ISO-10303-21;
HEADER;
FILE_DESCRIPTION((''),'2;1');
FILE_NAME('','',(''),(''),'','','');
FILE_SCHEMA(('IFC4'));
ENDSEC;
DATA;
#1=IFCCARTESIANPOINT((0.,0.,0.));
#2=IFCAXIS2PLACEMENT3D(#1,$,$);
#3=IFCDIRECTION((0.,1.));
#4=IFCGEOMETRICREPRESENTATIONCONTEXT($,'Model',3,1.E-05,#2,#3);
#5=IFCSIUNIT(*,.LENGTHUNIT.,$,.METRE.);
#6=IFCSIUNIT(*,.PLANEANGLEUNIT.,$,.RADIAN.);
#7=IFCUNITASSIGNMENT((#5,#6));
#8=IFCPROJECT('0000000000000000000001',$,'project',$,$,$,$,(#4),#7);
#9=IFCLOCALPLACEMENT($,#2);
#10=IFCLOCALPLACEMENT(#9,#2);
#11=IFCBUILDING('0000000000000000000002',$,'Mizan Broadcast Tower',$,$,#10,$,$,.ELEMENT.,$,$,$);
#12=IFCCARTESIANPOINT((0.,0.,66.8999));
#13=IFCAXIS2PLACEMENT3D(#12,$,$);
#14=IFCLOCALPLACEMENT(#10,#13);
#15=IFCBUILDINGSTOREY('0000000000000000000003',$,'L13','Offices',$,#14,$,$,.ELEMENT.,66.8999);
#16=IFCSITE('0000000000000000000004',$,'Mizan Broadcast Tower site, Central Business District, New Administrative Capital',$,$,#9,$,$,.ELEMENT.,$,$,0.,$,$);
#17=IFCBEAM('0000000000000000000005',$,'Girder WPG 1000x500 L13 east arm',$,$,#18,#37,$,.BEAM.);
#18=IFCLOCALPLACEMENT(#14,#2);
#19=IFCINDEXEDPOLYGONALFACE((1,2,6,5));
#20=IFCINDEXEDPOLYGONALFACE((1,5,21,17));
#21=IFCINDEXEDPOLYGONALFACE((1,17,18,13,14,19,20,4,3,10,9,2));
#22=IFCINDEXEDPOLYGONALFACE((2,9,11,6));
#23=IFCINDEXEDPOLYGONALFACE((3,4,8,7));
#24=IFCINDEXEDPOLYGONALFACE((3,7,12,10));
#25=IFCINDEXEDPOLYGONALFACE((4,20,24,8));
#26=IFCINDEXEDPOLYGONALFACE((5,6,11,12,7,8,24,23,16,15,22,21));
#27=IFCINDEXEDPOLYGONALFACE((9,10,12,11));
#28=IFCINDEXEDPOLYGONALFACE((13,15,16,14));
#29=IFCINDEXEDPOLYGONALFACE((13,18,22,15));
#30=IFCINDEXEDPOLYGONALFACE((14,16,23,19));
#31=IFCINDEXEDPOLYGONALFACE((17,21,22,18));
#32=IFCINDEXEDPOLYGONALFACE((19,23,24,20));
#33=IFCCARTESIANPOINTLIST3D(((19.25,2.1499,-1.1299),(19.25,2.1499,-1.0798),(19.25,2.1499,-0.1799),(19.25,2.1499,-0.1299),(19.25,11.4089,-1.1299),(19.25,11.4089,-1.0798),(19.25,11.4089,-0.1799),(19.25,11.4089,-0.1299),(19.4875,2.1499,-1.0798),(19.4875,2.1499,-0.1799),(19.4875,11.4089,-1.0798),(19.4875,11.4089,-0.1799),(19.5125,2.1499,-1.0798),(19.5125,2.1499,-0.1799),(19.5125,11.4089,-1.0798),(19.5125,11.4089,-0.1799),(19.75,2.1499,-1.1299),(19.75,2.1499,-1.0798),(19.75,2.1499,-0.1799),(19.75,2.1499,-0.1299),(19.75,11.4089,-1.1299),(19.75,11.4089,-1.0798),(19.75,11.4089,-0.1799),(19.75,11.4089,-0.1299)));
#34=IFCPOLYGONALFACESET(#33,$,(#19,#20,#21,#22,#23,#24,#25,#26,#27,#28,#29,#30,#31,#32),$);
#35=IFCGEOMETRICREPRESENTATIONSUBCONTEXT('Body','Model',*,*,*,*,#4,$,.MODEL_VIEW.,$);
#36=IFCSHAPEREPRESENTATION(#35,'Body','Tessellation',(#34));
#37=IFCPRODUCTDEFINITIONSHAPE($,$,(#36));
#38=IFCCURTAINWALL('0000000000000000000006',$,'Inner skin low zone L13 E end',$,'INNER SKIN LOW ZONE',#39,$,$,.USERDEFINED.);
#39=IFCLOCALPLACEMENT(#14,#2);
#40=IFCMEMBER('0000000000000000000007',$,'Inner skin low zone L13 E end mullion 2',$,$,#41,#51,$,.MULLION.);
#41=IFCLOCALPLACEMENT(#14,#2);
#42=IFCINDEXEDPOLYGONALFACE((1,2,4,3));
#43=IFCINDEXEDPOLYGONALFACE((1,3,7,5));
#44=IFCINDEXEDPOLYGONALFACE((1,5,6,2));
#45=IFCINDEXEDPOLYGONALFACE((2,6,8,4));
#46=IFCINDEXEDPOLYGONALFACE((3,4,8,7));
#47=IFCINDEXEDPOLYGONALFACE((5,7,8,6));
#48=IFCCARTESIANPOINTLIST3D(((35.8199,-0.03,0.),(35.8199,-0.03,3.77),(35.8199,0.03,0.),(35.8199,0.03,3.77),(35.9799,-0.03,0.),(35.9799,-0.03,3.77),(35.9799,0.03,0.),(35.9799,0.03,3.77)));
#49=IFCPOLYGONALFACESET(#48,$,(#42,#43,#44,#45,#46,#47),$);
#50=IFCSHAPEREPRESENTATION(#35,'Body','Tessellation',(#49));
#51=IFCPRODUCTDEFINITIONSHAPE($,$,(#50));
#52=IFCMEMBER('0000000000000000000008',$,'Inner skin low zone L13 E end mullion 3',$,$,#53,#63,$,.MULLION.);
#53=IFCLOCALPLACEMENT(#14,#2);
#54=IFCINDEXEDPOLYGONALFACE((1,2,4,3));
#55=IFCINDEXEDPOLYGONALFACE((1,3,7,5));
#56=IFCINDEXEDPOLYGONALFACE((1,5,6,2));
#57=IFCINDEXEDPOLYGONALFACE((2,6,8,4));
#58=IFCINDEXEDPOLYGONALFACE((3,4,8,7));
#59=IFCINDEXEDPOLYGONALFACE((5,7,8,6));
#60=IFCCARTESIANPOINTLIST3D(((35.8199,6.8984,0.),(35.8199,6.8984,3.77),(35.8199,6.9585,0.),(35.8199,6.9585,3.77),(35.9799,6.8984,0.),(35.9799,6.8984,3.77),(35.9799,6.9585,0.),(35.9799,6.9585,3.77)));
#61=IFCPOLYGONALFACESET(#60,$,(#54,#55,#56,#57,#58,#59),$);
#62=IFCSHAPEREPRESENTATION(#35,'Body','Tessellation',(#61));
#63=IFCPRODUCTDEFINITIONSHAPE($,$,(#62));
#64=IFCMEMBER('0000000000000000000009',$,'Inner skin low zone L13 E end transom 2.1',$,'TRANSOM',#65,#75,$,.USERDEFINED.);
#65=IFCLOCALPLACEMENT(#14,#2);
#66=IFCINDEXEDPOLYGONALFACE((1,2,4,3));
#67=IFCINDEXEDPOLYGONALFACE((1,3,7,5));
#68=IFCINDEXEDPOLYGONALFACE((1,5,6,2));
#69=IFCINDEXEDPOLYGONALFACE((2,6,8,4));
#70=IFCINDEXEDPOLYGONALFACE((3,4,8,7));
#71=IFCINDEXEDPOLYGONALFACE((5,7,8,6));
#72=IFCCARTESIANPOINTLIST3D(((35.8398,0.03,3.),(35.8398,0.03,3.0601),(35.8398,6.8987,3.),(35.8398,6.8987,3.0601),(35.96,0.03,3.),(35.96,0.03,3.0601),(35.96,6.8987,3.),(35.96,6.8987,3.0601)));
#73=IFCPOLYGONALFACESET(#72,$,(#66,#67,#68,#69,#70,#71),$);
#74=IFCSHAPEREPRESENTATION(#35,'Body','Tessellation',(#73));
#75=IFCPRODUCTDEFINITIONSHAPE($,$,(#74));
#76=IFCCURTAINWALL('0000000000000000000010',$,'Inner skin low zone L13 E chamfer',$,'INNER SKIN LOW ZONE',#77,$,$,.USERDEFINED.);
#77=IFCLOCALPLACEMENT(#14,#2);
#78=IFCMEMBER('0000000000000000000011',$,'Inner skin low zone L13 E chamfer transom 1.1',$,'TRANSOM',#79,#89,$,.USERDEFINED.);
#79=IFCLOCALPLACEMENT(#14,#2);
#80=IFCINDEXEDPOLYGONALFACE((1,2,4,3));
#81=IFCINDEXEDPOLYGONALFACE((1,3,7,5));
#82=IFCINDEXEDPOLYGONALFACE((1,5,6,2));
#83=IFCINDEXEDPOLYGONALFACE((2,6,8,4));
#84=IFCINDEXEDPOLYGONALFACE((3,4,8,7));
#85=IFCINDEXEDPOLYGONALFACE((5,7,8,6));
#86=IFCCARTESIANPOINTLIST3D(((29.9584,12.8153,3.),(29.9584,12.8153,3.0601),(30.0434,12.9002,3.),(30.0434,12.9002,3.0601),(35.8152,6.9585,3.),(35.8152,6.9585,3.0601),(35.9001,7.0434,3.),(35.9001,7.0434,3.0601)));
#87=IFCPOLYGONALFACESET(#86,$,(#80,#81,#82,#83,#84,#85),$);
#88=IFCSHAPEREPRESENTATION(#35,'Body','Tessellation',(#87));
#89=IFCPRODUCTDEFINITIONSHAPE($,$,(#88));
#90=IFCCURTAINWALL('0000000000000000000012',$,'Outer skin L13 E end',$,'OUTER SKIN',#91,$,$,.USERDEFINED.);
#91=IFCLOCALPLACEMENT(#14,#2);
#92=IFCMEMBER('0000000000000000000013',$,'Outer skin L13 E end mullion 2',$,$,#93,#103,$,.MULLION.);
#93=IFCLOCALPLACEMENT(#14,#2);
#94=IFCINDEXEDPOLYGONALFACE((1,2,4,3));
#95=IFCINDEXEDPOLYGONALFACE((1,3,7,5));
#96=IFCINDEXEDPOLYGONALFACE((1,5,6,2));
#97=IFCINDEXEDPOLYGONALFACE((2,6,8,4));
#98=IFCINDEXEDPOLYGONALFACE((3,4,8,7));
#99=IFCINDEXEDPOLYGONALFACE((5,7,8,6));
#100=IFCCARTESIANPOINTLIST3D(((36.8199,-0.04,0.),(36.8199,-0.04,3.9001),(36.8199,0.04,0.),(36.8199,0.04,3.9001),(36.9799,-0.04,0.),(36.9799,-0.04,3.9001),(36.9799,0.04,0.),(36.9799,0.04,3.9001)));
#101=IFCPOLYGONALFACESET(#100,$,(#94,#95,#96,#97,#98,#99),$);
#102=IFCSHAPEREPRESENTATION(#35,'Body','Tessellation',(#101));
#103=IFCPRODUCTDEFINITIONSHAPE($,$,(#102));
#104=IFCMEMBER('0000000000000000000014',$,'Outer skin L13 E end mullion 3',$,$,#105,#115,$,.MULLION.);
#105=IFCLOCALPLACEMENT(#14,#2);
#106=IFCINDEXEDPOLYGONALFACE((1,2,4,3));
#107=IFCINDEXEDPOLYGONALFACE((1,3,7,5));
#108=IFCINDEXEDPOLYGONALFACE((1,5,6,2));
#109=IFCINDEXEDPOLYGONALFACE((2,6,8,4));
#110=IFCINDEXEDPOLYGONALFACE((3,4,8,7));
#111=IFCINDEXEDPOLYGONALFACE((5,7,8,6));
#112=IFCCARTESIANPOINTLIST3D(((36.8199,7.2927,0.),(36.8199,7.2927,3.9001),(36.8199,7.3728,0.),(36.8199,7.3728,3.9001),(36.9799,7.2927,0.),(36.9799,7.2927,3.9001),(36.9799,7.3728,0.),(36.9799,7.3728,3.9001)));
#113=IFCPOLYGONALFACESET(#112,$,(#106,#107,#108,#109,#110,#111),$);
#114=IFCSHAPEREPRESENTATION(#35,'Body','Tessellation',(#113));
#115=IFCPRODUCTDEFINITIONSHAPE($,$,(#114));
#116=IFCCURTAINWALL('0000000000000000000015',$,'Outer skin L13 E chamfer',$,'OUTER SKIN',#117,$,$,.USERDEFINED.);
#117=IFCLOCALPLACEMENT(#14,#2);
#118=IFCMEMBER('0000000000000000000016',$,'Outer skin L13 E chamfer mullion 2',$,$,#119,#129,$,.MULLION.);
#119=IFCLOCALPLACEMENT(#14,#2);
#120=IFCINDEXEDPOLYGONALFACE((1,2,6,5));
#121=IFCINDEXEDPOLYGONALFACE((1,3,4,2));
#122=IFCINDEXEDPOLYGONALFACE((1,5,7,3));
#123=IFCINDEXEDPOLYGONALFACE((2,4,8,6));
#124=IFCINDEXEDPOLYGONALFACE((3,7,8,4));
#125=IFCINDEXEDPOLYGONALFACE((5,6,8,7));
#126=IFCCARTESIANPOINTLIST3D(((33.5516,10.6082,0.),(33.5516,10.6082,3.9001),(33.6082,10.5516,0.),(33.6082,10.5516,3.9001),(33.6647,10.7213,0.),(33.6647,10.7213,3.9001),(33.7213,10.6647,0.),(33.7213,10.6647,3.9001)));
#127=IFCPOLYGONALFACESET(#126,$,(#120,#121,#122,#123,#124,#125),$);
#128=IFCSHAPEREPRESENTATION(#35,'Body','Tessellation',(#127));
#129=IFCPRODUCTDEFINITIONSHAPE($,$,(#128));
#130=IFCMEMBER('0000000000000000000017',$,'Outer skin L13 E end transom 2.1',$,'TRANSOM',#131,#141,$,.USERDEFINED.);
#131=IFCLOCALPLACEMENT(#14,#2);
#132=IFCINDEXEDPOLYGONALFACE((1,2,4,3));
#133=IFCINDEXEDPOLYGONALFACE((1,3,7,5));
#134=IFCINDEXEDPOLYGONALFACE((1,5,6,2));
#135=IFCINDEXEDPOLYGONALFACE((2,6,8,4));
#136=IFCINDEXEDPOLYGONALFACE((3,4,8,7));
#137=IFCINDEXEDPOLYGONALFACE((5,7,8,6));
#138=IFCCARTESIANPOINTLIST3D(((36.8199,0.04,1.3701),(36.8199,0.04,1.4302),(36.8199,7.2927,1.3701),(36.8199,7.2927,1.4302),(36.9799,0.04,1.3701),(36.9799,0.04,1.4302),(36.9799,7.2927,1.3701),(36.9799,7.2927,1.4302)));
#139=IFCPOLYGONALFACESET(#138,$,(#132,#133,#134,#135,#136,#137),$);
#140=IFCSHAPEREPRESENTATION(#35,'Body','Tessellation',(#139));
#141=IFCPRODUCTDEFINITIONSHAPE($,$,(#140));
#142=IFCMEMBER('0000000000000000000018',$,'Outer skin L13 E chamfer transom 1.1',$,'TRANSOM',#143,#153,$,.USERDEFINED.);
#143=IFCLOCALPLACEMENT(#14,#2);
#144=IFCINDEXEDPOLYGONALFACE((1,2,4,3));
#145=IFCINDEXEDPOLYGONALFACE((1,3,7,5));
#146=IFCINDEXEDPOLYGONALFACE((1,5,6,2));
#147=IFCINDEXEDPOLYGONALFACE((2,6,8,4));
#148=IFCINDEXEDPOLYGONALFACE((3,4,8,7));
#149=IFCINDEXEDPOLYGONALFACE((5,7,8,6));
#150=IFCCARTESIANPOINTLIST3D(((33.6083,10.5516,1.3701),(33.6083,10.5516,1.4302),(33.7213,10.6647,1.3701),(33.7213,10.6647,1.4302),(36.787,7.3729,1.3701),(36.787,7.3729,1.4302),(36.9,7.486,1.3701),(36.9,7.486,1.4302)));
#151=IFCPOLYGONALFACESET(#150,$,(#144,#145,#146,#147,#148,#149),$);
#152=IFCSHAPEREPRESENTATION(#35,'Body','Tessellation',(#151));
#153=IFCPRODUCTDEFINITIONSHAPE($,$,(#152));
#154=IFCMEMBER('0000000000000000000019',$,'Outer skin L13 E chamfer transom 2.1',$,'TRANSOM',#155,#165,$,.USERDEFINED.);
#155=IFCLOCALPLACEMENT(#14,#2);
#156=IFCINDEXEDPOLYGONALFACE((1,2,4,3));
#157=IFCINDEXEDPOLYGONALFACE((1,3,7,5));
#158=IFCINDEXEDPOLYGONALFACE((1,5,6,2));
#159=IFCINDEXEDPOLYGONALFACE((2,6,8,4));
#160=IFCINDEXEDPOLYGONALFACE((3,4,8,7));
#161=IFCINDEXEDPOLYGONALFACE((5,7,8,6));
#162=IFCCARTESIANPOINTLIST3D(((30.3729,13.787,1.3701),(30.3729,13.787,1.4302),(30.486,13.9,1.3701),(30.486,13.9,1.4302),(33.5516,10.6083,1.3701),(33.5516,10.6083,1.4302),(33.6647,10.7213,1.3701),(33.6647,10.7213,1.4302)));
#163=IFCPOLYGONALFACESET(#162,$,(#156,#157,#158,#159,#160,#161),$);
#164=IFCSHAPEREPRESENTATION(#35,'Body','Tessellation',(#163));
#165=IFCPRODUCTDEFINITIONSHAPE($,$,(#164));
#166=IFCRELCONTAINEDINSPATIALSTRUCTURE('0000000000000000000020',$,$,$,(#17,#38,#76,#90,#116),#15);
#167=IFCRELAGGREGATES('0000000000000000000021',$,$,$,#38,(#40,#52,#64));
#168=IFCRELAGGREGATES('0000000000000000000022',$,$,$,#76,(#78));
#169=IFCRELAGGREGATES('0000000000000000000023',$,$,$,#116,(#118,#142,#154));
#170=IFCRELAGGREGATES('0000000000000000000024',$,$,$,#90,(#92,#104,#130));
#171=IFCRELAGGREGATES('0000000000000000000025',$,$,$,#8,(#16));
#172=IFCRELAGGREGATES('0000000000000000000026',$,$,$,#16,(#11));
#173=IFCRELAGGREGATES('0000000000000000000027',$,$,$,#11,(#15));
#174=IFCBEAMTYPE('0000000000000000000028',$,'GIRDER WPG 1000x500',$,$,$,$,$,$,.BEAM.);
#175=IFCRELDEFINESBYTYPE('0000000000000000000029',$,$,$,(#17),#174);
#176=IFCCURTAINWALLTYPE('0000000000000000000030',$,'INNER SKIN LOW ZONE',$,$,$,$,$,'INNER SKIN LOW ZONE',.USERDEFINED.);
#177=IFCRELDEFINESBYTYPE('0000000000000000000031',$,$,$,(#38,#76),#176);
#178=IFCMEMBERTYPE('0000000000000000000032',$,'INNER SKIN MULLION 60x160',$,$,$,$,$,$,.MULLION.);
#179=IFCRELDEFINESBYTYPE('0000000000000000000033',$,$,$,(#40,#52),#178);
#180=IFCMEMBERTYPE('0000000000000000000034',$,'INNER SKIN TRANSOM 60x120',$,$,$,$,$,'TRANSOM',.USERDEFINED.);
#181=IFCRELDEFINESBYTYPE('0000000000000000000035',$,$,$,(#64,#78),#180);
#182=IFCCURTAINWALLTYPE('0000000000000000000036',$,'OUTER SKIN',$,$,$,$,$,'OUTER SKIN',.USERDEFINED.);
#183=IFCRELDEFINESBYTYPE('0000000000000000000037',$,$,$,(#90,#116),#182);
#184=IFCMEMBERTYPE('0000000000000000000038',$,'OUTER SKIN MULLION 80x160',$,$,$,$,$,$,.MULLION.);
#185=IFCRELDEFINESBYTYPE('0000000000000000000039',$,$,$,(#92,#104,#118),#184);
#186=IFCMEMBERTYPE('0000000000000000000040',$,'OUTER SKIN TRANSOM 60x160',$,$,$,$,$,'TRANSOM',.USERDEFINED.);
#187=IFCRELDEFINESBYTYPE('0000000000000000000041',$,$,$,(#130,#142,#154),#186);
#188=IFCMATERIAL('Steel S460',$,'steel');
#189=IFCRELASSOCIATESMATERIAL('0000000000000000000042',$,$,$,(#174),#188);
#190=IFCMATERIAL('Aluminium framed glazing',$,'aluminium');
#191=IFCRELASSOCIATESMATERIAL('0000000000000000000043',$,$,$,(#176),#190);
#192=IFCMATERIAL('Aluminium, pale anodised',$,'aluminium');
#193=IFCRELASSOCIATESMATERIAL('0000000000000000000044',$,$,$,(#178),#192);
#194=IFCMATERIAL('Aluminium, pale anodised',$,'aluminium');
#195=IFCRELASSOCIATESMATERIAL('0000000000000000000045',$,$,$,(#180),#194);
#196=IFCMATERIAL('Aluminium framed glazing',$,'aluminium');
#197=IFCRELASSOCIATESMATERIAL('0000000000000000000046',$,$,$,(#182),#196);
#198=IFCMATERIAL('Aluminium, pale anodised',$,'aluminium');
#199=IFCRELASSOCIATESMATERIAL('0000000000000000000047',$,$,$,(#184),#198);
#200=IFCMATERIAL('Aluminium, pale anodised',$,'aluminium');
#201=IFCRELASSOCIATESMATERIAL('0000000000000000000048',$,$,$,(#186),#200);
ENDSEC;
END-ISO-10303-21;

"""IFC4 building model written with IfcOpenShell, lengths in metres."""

from ifc_helpers import new_model, si_unit, direction, frame, origin, origin_2d, place, context, subcontext, project, spatial, rectangle, i_section, extrude, material, material_profile, profile_set, type_object, element, aggregate, save


model = new_model("IFC4")

# Units and contexts
model_context = context("Model", 3, precision=1e-05, world=origin(), true_north=direction((0.0, 1.0)))
body_context = subcontext(model_context, "Body", "Model", "MODEL_VIEW")
ifc_project = project(units=[si_unit("LENGTHUNIT", "METRE"), si_unit("PLANEANGLEUNIT", "RADIAN")], contexts=[model_context])

# Site, building, storey
site_placement = place(None, origin())
site = spatial("IfcSite", under=ifc_project, at=site_placement, Name="Mizan Broadcast Tower site, Central Business District, New Administrative Capital", CompositionType="ELEMENT", RefElevation=0.0)
building_placement = place(site_placement, origin())
building = spatial("IfcBuilding", under=site, at=building_placement, Name="Mizan Broadcast Tower", CompositionType="ELEMENT")
storey_placement = place(building_placement, frame((0.0, 0.0, 66.8999)))
storey = spatial("IfcBuildingStorey", under=building, at=storey_placement, Name="L13", Description="Offices", CompositionType="ELEMENT", Elevation=66.8999)

# Beam
ifc_material_1 = material(Name="Steel S460", Category="steel")
ifc_material_profile_1 = material_profile(ifc_material_1, i_section(OverallWidth=0.5, OverallDepth=1.0, WebThickness=0.0249, FlangeThickness=0.05, at=origin_2d()), Name="WPG 1000x500")
ifc_profile_set_1 = profile_set([ifc_material_profile_1], Name="Steel S460")
beam_type_1 = type_object("IfcBeamType", Name="GIRDER WPG 1000x500", PredefinedType="BEAM", material=ifc_profile_set_1)
beam_1_placement = place(storey_placement, frame((19.5, 11.4089, -0.6299), z_axis=(0.0, -1.0, 0.0), x_axis=(1.0, 0.0, 0.0)))
element("IfcBeam", 1, at=beam_1_placement, inside=storey, type_object=beam_type_1, Name="Girder WPG 1000x500 L13 east arm", PredefinedType="BEAM", context=body_context, shape_type="SweptSolid", body=[
    extrude(i_section(OverallWidth=0.5, OverallDepth=1.0, WebThickness=0.0249, FlangeThickness=0.05, at=origin_2d()), origin(), (0.0, 0.0, 1.0), 9.259),
])

# Curtain wall, members
ifc_material_2 = material(Name="Aluminium framed glazing", Category="aluminium")
curtain_wall_type_1 = type_object("IfcCurtainWallType", Name="INNER SKIN LOW ZONE", ElementType="INNER SKIN LOW ZONE", PredefinedType="USERDEFINED", material=ifc_material_2)
curtain_wall_1_placement = place(storey_placement, origin())
curtain_wall_1 = element("IfcCurtainWall", 2, at=curtain_wall_1_placement, inside=storey, type_object=curtain_wall_type_1, Name="Inner skin low zone L13 E end", ObjectType="INNER SKIN LOW ZONE", PredefinedType="USERDEFINED")
ifc_material_3 = material(Name="Aluminium, pale anodised", Category="aluminium")
ifc_material_profile_2 = material_profile(ifc_material_3, rectangle(XDim=0.1599, YDim=0.0601, at=origin_2d()), Name="MULLION 160x60")
ifc_profile_set_2 = profile_set([ifc_material_profile_2], Name="Aluminium, pale anodised")
member_type_1 = type_object("IfcMemberType", Name="INNER SKIN MULLION 60x160", PredefinedType="MULLION", material=ifc_profile_set_2)
member_1_placement = place(storey_placement, frame((35.8999, 0.0, 0.0), z_axis=(0.0, 0.0, 1.0), x_axis=(-1.0, 0.0, 0.0)))
member_1 = element("IfcMember", 3, at=member_1_placement, type_object=member_type_1, Name="Inner skin low zone L13 E end mullion 2", PredefinedType="MULLION", context=body_context, shape_type="SweptSolid", body=[
    extrude(rectangle(XDim=0.1599, YDim=0.0601, at=origin_2d()), origin(), (0.0, 0.0, 1.0), 3.77),
])
member_2_placement = place(storey_placement, frame((35.8999, 6.9285, 0.0), z_axis=(0.0, 0.0, 1.0), x_axis=(-1.0, 0.0, 0.0)))
member_2 = element("IfcMember", 4, at=member_2_placement, type_object=member_type_1, Name="Inner skin low zone L13 E end mullion 3", PredefinedType="MULLION", context=body_context, shape_type="SweptSolid", body=[
    extrude(rectangle(XDim=0.1599, YDim=0.0601, at=origin_2d()), origin(), (0.0, 0.0, 1.0), 3.77),
])
ifc_material_4 = material(Name="Aluminium, pale anodised", Category="aluminium")
ifc_material_profile_3 = material_profile(ifc_material_4, rectangle(XDim=0.1201, YDim=0.0601, at=origin_2d()), Name="TRANSOM 120x60")
ifc_profile_set_3 = profile_set([ifc_material_profile_3], Name="Aluminium, pale anodised")
member_type_2 = type_object("IfcMemberType", Name="INNER SKIN TRANSOM 60x120", ElementType="TRANSOM", PredefinedType="USERDEFINED", material=ifc_profile_set_3)
member_3_placement = place(storey_placement, frame((35.8999, 0.03, 3.03), z_axis=(0.0, 1.0, 0.0), x_axis=(-1.0, 0.0, 0.0)))
member_3 = element("IfcMember", 5, at=member_3_placement, type_object=member_type_2, Name="Inner skin low zone L13 E end transom 2.1", ObjectType="TRANSOM", PredefinedType="USERDEFINED", context=body_context, shape_type="SweptSolid", body=[
    extrude(rectangle(XDim=0.1201, YDim=0.0601, at=origin_2d()), origin(), (0.0, 0.0, 1.0), 6.8687),
])

# Curtain wall, member
curtain_wall_2_placement = place(storey_placement, origin())
curtain_wall_2 = element("IfcCurtainWall", 6, at=curtain_wall_2_placement, inside=storey, type_object=curtain_wall_type_1, Name="Inner skin low zone L13 E chamfer", ObjectType="INNER SKIN LOW ZONE", PredefinedType="USERDEFINED")
member_4_placement = place(storey_placement, frame((35.8577, 7.001, 3.03), z_axis=(-0.707107, 0.707107, 0.0), x_axis=(-0.707107, -0.707107, 0.0)))
member_4 = element("IfcMember", 7, at=member_4_placement, type_object=member_type_2, Name="Inner skin low zone L13 E chamfer transom 1.1", ObjectType="TRANSOM", PredefinedType="USERDEFINED", context=body_context, shape_type="SweptSolid", body=[
    extrude(rectangle(XDim=0.1201, YDim=0.0601, at=origin_2d()), origin(), (0.0, 0.0, 1.0), 8.2827),
])

# Curtain wall, members
ifc_material_5 = material(Name="Aluminium framed glazing", Category="aluminium")
curtain_wall_type_2 = type_object("IfcCurtainWallType", Name="OUTER SKIN", ElementType="OUTER SKIN", PredefinedType="USERDEFINED", material=ifc_material_5)
curtain_wall_3_placement = place(storey_placement, origin())
curtain_wall_3 = element("IfcCurtainWall", 8, at=curtain_wall_3_placement, inside=storey, type_object=curtain_wall_type_2, Name="Outer skin L13 E end", ObjectType="OUTER SKIN", PredefinedType="USERDEFINED")
ifc_material_6 = material(Name="Aluminium, pale anodised", Category="aluminium")
ifc_material_profile_4 = material_profile(ifc_material_6, rectangle(XDim=0.1599, YDim=0.0801, at=origin_2d()), Name="MULLION 160x80")
ifc_profile_set_4 = profile_set([ifc_material_profile_4], Name="Aluminium, pale anodised")
member_type_3 = type_object("IfcMemberType", Name="OUTER SKIN MULLION 80x160", PredefinedType="MULLION", material=ifc_profile_set_4)
member_5_placement = place(storey_placement, frame((36.8999, 0.0, 0.0), z_axis=(0.0, 0.0, 1.0), x_axis=(-1.0, 0.0, 0.0)))
member_5 = element("IfcMember", 9, at=member_5_placement, type_object=member_type_3, Name="Outer skin L13 E end mullion 2", PredefinedType="MULLION", context=body_context, shape_type="SweptSolid", body=[
    extrude(rectangle(XDim=0.1599, YDim=0.0801, at=origin_2d()), origin(), (0.0, 0.0, 1.0), 3.9001),
])
member_6_placement = place(storey_placement, frame((36.8999, 7.3328, 0.0), z_axis=(0.0, 0.0, 1.0), x_axis=(-1.0, 0.0, 0.0)))
member_6 = element("IfcMember", 10, at=member_6_placement, type_object=member_type_3, Name="Outer skin L13 E end mullion 3", PredefinedType="MULLION", context=body_context, shape_type="SweptSolid", body=[
    extrude(rectangle(XDim=0.1599, YDim=0.0801, at=origin_2d()), origin(), (0.0, 0.0, 1.0), 3.9001),
])

# Curtain wall, member
curtain_wall_4_placement = place(storey_placement, origin())
curtain_wall_4 = element("IfcCurtainWall", 11, at=curtain_wall_4_placement, inside=storey, type_object=curtain_wall_type_2, Name="Outer skin L13 E chamfer", ObjectType="OUTER SKIN", PredefinedType="USERDEFINED")
member_7_placement = place(storey_placement, frame((33.6365, 10.6365, 0.0), z_axis=(0.0, 0.0, 1.0), x_axis=(-0.707107, -0.707107, 0.0)))
member_7 = element("IfcMember", 12, at=member_7_placement, type_object=member_type_3, Name="Outer skin L13 E chamfer mullion 2", PredefinedType="MULLION", context=body_context, shape_type="SweptSolid", body=[
    extrude(rectangle(XDim=0.1599, YDim=0.0801, at=origin_2d()), origin(), (0.0, 0.0, 1.0), 3.9001),
])

# Members
ifc_material_7 = material(Name="Aluminium, pale anodised", Category="aluminium")
ifc_material_profile_5 = material_profile(ifc_material_7, rectangle(XDim=0.1599, YDim=0.0601, at=origin_2d()), Name="TRANSOM 160x60")
ifc_profile_set_5 = profile_set([ifc_material_profile_5], Name="Aluminium, pale anodised")
member_type_4 = type_object("IfcMemberType", Name="OUTER SKIN TRANSOM 60x160", ElementType="TRANSOM", PredefinedType="USERDEFINED", material=ifc_profile_set_5)
member_8_placement = place(storey_placement, frame((36.8999, 0.04, 1.4001), z_axis=(0.0, 1.0, 0.0), x_axis=(-1.0, 0.0, 0.0)))
member_8 = element("IfcMember", 13, at=member_8_placement, type_object=member_type_4, Name="Outer skin L13 E end transom 2.1", ObjectType="TRANSOM", PredefinedType="USERDEFINED", context=body_context, shape_type="SweptSolid", body=[
    extrude(rectangle(XDim=0.1599, YDim=0.0601, at=origin_2d()), origin(), (0.0, 0.0, 1.0), 7.2527),
])
member_9_placement = place(storey_placement, frame((36.8435, 7.4294, 1.4001), z_axis=(-0.707107, 0.707107, 0.0), x_axis=(-0.707107, -0.707107, 0.0)))
member_9 = element("IfcMember", 14, at=member_9_placement, type_object=member_type_4, Name="Outer skin L13 E chamfer transom 1.1", ObjectType="TRANSOM", PredefinedType="USERDEFINED", context=body_context, shape_type="SweptSolid", body=[
    extrude(rectangle(XDim=0.1599, YDim=0.0601, at=origin_2d()), origin(), (0.0, 0.0, 1.0), 4.4954),
])
member_10_placement = place(storey_placement, frame((33.6082, 10.6648, 1.4001), z_axis=(-0.707107, 0.707107, 0.0), x_axis=(-0.707107, -0.707107, 0.0)))
member_10 = element("IfcMember", 15, at=member_10_placement, type_object=member_type_4, Name="Outer skin L13 E chamfer transom 2.1", ObjectType="TRANSOM", PredefinedType="USERDEFINED", context=body_context, shape_type="SweptSolid", body=[
    extrude(rectangle(XDim=0.1599, YDim=0.0601, at=origin_2d()), origin(), (0.0, 0.0, 1.0), 4.4954),
])

aggregate(curtain_wall_1, [member_1, member_2, member_3])
aggregate(curtain_wall_2, [member_4])
aggregate(curtain_wall_4, [member_7, member_9, member_10])
aggregate(curtain_wall_3, [member_5, member_6, member_8])

save(model, "model.ifc")
